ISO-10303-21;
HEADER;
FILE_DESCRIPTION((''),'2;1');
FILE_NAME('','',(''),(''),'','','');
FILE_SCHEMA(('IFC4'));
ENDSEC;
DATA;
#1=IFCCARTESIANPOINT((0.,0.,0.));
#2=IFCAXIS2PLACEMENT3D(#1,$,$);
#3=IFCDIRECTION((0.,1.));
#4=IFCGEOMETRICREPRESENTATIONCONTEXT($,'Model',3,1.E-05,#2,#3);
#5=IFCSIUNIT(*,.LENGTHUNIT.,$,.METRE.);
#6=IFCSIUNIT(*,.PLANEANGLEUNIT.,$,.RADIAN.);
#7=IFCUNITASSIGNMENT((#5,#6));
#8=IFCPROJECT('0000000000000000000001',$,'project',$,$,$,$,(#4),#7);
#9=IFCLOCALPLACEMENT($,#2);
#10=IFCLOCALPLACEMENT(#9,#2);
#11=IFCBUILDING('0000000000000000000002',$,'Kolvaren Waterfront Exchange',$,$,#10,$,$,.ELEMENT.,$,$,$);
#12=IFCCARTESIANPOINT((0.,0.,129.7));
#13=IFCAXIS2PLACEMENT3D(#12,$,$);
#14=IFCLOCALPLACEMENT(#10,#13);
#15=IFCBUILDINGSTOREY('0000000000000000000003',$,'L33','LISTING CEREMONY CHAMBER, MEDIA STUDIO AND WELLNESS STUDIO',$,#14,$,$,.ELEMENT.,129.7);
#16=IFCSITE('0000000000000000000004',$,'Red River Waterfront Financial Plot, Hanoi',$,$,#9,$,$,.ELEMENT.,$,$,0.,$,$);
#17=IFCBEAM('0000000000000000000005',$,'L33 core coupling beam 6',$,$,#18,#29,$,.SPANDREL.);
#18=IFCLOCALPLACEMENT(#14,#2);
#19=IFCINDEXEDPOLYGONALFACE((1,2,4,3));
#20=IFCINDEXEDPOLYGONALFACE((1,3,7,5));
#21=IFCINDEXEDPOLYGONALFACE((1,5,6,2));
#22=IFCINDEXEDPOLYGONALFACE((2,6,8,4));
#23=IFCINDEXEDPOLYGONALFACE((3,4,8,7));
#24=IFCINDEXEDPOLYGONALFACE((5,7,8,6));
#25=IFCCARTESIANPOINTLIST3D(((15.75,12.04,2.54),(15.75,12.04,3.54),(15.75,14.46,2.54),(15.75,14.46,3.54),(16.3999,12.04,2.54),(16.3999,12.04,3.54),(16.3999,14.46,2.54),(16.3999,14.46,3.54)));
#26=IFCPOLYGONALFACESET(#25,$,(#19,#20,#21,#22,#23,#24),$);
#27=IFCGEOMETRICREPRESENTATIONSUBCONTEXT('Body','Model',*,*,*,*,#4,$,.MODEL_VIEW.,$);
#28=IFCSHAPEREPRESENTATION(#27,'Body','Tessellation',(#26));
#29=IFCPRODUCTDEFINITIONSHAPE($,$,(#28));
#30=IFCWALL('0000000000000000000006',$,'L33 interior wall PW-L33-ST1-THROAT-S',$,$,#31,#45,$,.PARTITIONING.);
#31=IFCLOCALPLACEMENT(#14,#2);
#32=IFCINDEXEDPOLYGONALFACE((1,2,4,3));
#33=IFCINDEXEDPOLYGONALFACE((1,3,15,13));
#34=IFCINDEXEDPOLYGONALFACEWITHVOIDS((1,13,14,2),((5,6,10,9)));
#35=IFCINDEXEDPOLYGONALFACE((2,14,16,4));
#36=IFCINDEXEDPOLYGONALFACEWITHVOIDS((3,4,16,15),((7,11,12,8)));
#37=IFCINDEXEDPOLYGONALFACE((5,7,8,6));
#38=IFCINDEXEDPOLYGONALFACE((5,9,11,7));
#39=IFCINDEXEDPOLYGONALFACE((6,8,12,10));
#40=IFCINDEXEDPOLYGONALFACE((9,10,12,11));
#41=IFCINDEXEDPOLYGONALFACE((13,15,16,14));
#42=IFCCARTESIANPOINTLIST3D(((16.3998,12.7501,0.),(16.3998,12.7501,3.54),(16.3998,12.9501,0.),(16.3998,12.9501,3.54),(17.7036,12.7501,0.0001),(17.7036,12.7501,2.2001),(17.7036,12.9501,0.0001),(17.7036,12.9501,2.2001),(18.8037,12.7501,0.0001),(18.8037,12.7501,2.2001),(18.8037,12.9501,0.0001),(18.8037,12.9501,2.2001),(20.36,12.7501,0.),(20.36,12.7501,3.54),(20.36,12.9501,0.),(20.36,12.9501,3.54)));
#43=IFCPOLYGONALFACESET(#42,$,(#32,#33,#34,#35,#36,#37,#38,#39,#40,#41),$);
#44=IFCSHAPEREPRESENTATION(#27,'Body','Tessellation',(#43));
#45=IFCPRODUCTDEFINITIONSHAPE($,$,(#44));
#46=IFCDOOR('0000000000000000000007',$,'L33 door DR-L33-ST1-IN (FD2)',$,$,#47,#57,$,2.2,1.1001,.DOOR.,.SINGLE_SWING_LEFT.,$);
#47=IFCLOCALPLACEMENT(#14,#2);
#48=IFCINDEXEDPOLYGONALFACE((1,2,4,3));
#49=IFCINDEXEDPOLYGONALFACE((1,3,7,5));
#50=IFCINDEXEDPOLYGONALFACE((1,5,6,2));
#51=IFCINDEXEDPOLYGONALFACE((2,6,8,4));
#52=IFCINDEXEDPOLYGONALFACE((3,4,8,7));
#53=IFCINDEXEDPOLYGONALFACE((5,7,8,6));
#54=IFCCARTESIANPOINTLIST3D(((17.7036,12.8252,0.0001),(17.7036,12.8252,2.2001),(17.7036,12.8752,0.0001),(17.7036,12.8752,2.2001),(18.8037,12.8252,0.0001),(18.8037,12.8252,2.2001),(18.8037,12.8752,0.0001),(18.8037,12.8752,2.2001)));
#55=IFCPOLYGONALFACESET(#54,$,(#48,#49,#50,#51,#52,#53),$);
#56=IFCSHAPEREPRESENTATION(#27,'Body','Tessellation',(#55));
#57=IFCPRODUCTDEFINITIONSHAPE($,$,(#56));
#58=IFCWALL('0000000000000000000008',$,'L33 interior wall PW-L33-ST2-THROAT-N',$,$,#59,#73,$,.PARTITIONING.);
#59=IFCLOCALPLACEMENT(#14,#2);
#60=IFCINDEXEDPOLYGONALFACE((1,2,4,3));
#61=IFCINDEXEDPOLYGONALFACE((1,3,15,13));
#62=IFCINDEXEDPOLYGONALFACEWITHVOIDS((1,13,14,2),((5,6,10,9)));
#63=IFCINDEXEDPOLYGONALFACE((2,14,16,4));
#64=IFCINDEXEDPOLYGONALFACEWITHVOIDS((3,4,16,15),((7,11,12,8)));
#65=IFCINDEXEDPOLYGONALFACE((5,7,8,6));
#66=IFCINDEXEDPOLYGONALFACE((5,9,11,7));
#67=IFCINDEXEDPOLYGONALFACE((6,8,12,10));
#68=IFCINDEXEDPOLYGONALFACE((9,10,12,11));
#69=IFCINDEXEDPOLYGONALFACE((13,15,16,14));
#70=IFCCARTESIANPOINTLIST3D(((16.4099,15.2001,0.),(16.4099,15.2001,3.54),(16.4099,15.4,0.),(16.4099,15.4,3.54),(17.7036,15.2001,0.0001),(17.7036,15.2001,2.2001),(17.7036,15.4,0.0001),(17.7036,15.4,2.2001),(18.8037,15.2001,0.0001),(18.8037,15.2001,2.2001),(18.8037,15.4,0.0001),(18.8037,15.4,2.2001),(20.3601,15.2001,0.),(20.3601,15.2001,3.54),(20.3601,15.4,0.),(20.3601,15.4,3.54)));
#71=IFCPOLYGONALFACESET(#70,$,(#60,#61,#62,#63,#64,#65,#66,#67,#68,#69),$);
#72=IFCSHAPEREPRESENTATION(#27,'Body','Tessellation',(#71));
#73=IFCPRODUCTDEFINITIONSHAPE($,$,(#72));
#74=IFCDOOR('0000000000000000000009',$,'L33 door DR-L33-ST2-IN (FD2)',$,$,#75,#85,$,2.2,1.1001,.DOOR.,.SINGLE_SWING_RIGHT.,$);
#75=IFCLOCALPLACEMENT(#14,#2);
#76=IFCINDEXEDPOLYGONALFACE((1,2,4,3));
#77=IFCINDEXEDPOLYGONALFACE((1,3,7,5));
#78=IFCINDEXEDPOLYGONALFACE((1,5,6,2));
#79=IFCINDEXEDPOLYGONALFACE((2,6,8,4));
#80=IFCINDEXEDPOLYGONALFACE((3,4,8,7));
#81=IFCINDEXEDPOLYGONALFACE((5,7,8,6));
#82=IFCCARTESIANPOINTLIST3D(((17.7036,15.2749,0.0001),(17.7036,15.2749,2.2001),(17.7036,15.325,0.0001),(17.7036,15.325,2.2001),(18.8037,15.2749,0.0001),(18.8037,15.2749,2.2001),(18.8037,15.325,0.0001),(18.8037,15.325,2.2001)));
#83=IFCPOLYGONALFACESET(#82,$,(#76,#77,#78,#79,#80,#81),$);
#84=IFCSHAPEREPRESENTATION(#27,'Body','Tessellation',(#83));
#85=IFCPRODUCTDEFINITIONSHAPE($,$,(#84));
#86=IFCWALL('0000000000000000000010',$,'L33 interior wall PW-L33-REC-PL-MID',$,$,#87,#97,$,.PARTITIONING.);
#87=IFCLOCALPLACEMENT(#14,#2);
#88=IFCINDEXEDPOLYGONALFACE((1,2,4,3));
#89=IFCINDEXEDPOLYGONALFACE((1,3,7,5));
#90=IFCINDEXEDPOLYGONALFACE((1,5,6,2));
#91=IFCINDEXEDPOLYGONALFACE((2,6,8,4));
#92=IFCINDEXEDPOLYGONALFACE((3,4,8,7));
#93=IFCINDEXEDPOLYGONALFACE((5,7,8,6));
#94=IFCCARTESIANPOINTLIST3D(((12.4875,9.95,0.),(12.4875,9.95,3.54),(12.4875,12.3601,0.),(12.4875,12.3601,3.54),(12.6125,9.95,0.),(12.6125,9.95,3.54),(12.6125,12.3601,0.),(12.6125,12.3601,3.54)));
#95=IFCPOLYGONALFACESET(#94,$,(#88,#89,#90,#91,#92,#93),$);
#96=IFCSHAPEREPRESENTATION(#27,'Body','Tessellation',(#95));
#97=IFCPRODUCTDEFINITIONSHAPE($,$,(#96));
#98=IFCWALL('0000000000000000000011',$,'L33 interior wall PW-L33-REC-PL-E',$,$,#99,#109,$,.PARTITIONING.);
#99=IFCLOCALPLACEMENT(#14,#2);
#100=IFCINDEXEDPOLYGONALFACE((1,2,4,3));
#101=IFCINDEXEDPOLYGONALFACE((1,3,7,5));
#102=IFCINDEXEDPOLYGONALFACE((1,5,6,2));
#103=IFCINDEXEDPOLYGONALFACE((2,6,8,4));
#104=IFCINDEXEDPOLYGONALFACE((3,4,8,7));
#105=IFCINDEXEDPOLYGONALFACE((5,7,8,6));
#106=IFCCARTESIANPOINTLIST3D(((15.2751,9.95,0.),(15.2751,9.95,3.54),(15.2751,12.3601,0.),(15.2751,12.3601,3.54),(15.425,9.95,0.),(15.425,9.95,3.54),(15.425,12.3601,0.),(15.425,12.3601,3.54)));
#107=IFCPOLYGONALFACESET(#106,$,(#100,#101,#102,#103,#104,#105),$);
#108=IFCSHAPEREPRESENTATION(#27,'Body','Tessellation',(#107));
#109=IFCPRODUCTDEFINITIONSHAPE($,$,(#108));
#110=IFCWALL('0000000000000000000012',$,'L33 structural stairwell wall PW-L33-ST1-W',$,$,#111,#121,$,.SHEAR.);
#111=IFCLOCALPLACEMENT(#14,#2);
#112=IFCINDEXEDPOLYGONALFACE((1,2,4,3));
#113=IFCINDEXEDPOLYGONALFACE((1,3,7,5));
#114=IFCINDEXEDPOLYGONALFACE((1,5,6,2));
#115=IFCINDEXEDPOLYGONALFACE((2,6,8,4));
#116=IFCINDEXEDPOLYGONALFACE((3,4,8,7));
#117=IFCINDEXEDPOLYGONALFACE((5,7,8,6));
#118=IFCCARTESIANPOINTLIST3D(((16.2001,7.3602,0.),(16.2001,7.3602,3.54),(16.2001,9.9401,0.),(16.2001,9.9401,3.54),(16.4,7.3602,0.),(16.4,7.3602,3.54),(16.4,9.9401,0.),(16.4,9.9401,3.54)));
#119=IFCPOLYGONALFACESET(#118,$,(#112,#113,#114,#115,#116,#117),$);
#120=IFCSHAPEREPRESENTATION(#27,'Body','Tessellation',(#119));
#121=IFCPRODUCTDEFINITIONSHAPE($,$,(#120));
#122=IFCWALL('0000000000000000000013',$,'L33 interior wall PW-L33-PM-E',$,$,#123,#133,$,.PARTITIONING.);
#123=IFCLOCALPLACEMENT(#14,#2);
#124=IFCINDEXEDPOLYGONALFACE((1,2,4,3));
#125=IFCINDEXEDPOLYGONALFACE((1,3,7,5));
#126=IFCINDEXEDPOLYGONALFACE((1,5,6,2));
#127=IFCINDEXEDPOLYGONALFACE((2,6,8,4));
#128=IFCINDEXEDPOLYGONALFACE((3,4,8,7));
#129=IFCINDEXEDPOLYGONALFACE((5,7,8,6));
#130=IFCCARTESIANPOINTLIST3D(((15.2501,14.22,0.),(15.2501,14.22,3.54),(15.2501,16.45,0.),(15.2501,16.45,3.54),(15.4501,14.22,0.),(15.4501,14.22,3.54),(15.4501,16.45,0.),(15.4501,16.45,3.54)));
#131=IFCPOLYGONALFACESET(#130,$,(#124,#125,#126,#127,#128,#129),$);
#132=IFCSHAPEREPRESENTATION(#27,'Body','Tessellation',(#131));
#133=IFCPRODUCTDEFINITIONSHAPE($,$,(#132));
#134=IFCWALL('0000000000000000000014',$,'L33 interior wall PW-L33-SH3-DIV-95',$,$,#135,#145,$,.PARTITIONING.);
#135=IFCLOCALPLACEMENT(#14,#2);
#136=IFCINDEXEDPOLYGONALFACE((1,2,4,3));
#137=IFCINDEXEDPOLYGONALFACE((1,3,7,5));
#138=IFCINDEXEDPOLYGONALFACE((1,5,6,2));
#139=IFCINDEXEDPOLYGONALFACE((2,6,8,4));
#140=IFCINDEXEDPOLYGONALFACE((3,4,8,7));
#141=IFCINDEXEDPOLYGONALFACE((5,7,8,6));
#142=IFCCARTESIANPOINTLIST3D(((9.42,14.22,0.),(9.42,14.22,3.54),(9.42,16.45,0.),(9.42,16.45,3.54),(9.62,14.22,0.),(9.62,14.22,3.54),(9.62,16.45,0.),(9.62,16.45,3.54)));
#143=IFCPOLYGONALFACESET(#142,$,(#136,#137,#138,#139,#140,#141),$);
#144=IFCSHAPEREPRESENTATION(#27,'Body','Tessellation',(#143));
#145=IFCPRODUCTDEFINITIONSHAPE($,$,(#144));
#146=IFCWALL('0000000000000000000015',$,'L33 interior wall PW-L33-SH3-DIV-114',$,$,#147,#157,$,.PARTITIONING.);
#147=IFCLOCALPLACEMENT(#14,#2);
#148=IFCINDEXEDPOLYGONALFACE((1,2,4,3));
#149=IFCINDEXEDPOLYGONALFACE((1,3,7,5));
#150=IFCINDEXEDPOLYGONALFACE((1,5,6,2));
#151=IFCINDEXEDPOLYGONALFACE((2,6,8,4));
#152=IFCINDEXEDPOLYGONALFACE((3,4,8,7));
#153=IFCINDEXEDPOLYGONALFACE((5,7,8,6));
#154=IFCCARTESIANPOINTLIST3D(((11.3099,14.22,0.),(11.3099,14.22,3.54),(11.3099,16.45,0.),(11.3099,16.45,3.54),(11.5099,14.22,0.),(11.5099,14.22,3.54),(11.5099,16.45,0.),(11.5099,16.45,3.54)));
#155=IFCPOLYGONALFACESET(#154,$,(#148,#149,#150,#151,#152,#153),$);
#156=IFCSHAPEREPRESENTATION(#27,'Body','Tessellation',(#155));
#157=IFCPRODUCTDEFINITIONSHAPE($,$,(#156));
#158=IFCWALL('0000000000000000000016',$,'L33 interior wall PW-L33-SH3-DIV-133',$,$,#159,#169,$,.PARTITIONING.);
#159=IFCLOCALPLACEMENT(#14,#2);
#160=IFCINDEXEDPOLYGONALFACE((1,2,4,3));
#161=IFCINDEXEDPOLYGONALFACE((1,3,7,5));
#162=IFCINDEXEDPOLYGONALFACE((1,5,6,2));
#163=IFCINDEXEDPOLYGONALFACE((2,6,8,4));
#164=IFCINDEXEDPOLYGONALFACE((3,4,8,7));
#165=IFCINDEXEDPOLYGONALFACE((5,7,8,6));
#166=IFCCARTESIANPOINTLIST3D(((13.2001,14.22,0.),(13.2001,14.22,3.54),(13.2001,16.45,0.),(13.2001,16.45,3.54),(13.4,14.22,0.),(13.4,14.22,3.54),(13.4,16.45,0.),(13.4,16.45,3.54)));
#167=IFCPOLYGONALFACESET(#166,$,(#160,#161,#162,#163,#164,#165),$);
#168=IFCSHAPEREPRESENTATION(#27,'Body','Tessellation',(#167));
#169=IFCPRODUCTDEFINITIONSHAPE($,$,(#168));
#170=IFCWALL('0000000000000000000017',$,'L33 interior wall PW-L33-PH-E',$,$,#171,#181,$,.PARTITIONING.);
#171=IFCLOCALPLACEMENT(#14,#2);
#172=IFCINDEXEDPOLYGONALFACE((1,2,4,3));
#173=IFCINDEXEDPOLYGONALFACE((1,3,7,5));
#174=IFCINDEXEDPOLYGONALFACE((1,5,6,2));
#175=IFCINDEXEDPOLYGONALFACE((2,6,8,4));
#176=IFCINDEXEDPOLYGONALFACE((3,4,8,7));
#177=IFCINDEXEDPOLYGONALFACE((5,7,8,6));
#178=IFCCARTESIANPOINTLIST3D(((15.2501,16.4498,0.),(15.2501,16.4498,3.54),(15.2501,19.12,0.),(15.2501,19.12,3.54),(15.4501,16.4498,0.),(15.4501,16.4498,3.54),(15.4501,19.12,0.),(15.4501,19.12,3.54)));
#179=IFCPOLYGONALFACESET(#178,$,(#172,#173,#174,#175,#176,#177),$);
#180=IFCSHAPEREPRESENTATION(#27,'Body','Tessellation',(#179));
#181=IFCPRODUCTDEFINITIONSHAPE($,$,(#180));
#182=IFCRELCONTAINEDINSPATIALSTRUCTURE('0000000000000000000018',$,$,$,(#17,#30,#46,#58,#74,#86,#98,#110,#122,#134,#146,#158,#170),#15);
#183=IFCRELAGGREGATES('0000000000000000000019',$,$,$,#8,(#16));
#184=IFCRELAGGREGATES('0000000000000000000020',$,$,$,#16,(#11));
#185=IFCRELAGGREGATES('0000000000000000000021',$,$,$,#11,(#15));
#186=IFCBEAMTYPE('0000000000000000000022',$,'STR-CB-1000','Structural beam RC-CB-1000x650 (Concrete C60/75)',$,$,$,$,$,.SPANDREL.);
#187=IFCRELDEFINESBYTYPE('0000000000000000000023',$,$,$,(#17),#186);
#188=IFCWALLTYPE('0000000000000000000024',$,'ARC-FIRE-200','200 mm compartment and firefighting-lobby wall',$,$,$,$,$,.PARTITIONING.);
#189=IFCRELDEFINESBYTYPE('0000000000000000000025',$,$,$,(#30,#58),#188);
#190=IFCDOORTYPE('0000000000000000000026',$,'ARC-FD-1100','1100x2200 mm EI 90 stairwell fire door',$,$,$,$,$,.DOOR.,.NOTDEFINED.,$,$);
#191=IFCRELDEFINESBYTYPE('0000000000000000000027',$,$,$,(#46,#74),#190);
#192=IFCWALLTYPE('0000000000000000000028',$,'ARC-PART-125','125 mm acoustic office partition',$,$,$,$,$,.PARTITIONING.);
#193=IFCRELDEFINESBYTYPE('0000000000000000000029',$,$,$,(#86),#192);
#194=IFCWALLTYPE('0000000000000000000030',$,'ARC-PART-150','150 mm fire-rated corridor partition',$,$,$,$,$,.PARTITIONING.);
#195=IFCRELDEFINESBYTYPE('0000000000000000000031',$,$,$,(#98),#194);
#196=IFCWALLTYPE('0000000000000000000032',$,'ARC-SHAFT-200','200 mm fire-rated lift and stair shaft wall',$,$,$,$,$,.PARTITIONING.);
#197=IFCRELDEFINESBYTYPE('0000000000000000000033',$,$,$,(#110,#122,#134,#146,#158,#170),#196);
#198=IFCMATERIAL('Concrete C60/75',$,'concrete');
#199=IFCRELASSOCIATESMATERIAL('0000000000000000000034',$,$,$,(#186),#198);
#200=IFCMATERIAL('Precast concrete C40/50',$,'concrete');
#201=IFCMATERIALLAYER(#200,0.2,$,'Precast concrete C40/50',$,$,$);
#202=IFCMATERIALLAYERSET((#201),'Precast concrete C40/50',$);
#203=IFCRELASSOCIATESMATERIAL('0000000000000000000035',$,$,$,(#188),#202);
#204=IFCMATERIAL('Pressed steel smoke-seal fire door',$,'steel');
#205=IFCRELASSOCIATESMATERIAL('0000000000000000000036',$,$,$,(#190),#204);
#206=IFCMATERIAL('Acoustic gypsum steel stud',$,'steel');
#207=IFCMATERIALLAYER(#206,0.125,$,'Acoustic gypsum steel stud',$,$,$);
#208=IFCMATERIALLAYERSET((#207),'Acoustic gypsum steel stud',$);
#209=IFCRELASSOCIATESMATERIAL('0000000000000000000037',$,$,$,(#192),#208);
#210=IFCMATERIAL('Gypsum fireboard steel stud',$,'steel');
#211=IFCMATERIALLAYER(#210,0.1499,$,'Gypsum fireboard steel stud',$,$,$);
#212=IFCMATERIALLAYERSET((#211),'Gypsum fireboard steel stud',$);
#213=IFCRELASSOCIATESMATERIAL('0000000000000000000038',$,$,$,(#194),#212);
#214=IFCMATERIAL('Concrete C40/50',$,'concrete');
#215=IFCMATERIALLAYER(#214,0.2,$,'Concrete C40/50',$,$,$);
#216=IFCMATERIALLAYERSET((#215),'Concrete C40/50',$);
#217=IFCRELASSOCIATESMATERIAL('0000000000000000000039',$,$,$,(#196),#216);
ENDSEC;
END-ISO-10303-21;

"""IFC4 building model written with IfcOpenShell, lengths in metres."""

from ifc_helpers import new_model, si_unit, direction, frame, frame_2d, origin, origin_2d, place, context, subcontext, project, spatial, rectangle, extrude, material, layer, layer_set, material_profile, profile_set, type_object, element, fill, save


model = new_model("IFC4")

# Units and contexts
model_context = context("Model", 3, precision=1e-05, world=origin(), true_north=direction((0.0, 1.0)))
body_context = subcontext(model_context, "Body", "Model", "MODEL_VIEW")
ifc_project = project(units=[si_unit("LENGTHUNIT", "METRE"), si_unit("PLANEANGLEUNIT", "RADIAN")], contexts=[model_context])

# Site, building, storey
site_placement = place(None, origin())
site = spatial("IfcSite", under=ifc_project, at=site_placement, Name="Red River Waterfront Financial Plot, Hanoi", CompositionType="ELEMENT", RefElevation=0.0)
building_placement = place(site_placement, origin())
building = spatial("IfcBuilding", under=site, at=building_placement, Name="Kolvaren Waterfront Exchange", CompositionType="ELEMENT")
storey_placement = place(building_placement, frame((0.0, 0.0, 129.7)))
storey = spatial("IfcBuildingStorey", under=building, at=storey_placement, Name="L33", Description="LISTING CEREMONY CHAMBER, MEDIA STUDIO AND WELLNESS STUDIO", CompositionType="ELEMENT", Elevation=129.7)

# Beam
ifc_material_1 = material(Name="Concrete C60/75", Category="concrete")
ifc_material_profile = material_profile(ifc_material_1, rectangle(XDim=0.6499, YDim=1.0, at=origin_2d()), Name="RC-CB-1000x650")
ifc_profile_set = profile_set([ifc_material_profile], Name="Concrete C60/75")
beam_type = type_object("IfcBeamType", Name="STR-CB-1000", Description="Structural beam RC-CB-1000x650 (Concrete C60/75)", PredefinedType="SPANDREL", material=ifc_profile_set)
beam_placement = place(storey_placement, frame((16.075, 12.04, 3.04), z_axis=(0.0, 1.0, 0.0), x_axis=(-1.0, 0.0, 0.0)))
element("IfcBeam", 1, at=beam_placement, inside=storey, type_object=beam_type, Name="L33 core coupling beam 6", PredefinedType="SPANDREL", context=body_context, shape_type="SweptSolid", body=[
    extrude(rectangle(XDim=0.6499, YDim=1.0, at=origin_2d()), origin(), (0.0, 0.0, 1.0), 2.4199),
])

# Walls, openings, doors
ifc_material_2 = material(Name="Precast concrete C40/50", Category="concrete")
ifc_layer_1 = layer(ifc_material_2, 0.2, Name="Precast concrete C40/50")
ifc_layer_set_1 = layer_set([ifc_layer_1], Name="Precast concrete C40/50")
wall_type_1 = type_object("IfcWallType", Name="ARC-FIRE-200", Description="200 mm compartment and firefighting-lobby wall", PredefinedType="PARTITIONING", material=ifc_layer_set_1)
wall_1_placement = place(storey_placement, frame((16.3999, 12.8501, 0.0), z_axis=(0.0, 0.0, 1.0), x_axis=(1.0, 0.0, 0.0)))
wall_1 = element("IfcWall", 2, at=wall_1_placement, inside=storey, type_object=wall_type_1, Name="L33 interior wall PW-L33-ST1-THROAT-S", PredefinedType="PARTITIONING", context=body_context, shape_type="SweptSolid", body=[
    extrude(rectangle(XDim=3.9602, YDim=0.2, at=frame_2d((1.98, 0.0))), origin(), (0.0, 0.0, 1.0), 3.54),
])
opening_1_placement = place(wall_1_placement, frame((1.3037, 0.0, 0.0)))
opening_1 = element("IfcOpeningElement", 3, at=opening_1_placement, cuts=wall_1, PredefinedType="OPENING", context=body_context, shape_type="SweptSolid", body=[
    extrude(rectangle(XDim=1.1001, YDim=2.2, at=frame_2d((0.55, 1.1001))), frame((0.0, 0.1099, 0.0), z_axis=(0.0, -1.0, 0.0), x_axis=(1.0, 0.0, 0.0)), (0.0, 0.0, 1.0), 0.22),
])
ifc_material_3 = material(Name="Pressed steel smoke-seal fire door", Category="steel")
door_type = type_object("IfcDoorType", Name="ARC-FD-1100", Description="1100x2200 mm EI 90 stairwell fire door", OperationType="NOTDEFINED", PredefinedType="DOOR", material=ifc_material_3)
door_1_placement = place(opening_1_placement, frame((1.1001, 0.0, 0.0), z_axis=(0.0, 0.0, 1.0), x_axis=(-1.0, 0.0, 0.0)))
door_1 = element("IfcDoor", 4, at=door_1_placement, inside=storey, type_object=door_type, Name="L33 door DR-L33-ST1-IN (FD2)", OperationType="SINGLE_SWING_LEFT", OverallHeight=2.2, OverallWidth=1.1001, PredefinedType="DOOR", context=body_context, shape_type="SweptSolid", body=[
    extrude(rectangle(XDim=1.1001, YDim=2.2, at=frame_2d((0.55, 1.1001))), frame((0.0, 0.0249, 0.0), z_axis=(0.0, -1.0, 0.0), x_axis=(1.0, 0.0, 0.0)), (0.0, 0.0, 1.0), 0.05),
])
fill(opening_1, door_1)
wall_2_placement = place(storey_placement, frame((16.4099, 15.3, 0.0), z_axis=(0.0, 0.0, 1.0), x_axis=(1.0, 0.0, 0.0)))
wall_2 = element("IfcWall", 5, at=wall_2_placement, inside=storey, type_object=wall_type_1, Name="L33 interior wall PW-L33-ST2-THROAT-N", PredefinedType="PARTITIONING", context=body_context, shape_type="SweptSolid", body=[
    extrude(rectangle(XDim=3.9502, YDim=0.2, at=frame_2d((1.9751, 0.0))), origin(), (0.0, 0.0, 1.0), 3.54),
])
opening_2_placement = place(wall_2_placement, frame((1.2937, 0.0, 0.0)))
opening_2 = element("IfcOpeningElement", 6, at=opening_2_placement, cuts=wall_2, PredefinedType="OPENING", context=body_context, shape_type="SweptSolid", body=[
    extrude(rectangle(XDim=1.1001, YDim=2.2, at=frame_2d((0.55, 1.1001))), frame((0.0, 0.1099, 0.0), z_axis=(0.0, -1.0, 0.0), x_axis=(1.0, 0.0, 0.0)), (0.0, 0.0, 1.0), 0.22),
])
door_2_placement = place(opening_2_placement, origin())
door_2 = element("IfcDoor", 7, at=door_2_placement, inside=storey, type_object=door_type, Name="L33 door DR-L33-ST2-IN (FD2)", OperationType="SINGLE_SWING_RIGHT", OverallHeight=2.2, OverallWidth=1.1001, PredefinedType="DOOR", context=body_context, shape_type="SweptSolid", body=[
    extrude(rectangle(XDim=1.1001, YDim=2.2, at=frame_2d((0.55, 1.1001))), frame((0.0, 0.0249, 0.0), z_axis=(0.0, -1.0, 0.0), x_axis=(1.0, 0.0, 0.0)), (0.0, 0.0, 1.0), 0.05),
])
fill(opening_2, door_2)

# Walls
ifc_material_4 = material(Name="Acoustic gypsum steel stud", Category="steel")
ifc_layer_2 = layer(ifc_material_4, 0.125, Name="Acoustic gypsum steel stud")
ifc_layer_set_2 = layer_set([ifc_layer_2], Name="Acoustic gypsum steel stud")
wall_type_2 = type_object("IfcWallType", Name="ARC-PART-125", Description="125 mm acoustic office partition", PredefinedType="PARTITIONING", material=ifc_layer_set_2)
wall_3_placement = place(storey_placement, frame((12.55, 9.95, 0.0), z_axis=(0.0, 0.0, 1.0), x_axis=(0.0, 1.0, 0.0)))
element("IfcWall", 8, at=wall_3_placement, inside=storey, type_object=wall_type_2, Name="L33 interior wall PW-L33-REC-PL-MID", PredefinedType="PARTITIONING", context=body_context, shape_type="SweptSolid", body=[
    extrude(rectangle(XDim=2.4102, YDim=0.125, at=frame_2d((1.2051, 0.0))), origin(), (0.0, 0.0, 1.0), 3.54),
])
ifc_material_5 = material(Name="Gypsum fireboard steel stud", Category="steel")
ifc_layer_3 = layer(ifc_material_5, 0.1499, Name="Gypsum fireboard steel stud")
ifc_layer_set_3 = layer_set([ifc_layer_3], Name="Gypsum fireboard steel stud")
wall_type_3 = type_object("IfcWallType", Name="ARC-PART-150", Description="150 mm fire-rated corridor partition", PredefinedType="PARTITIONING", material=ifc_layer_set_3)
wall_4_placement = place(storey_placement, frame((15.3501, 9.95, 0.0), z_axis=(0.0, 0.0, 1.0), x_axis=(0.0, 1.0, 0.0)))
element("IfcWall", 9, at=wall_4_placement, inside=storey, type_object=wall_type_3, Name="L33 interior wall PW-L33-REC-PL-E", PredefinedType="PARTITIONING", context=body_context, shape_type="SweptSolid", body=[
    extrude(rectangle(XDim=2.4102, YDim=0.1499, at=frame_2d((1.2051, 0.0))), origin(), (0.0, 0.0, 1.0), 3.54),
])
ifc_material_6 = material(Name="Concrete C40/50", Category="concrete")
ifc_layer_4 = layer(ifc_material_6, 0.2, Name="Concrete C40/50")
ifc_layer_set_4 = layer_set([ifc_layer_4], Name="Concrete C40/50")
wall_type_4 = type_object("IfcWallType", Name="ARC-SHAFT-200", Description="200 mm fire-rated lift and stair shaft wall", PredefinedType="PARTITIONING", material=ifc_layer_set_4)
wall_5_placement = place(storey_placement, frame((16.3, 7.3601, 0.0), z_axis=(0.0, 0.0, 1.0), x_axis=(0.0, 1.0, 0.0)))
element("IfcWall", 10, at=wall_5_placement, inside=storey, type_object=wall_type_4, Name="L33 structural stairwell wall PW-L33-ST1-W", PredefinedType="SHEAR", context=body_context, shape_type="SweptSolid", body=[
    extrude(rectangle(XDim=2.5798, YDim=0.2, at=frame_2d((1.29, 0.0))), origin(), (0.0, 0.0, 1.0), 3.54),
])
for number, where, z_axis, x_axis, name in (
    (11, (15.3501, 14.22, 0.0), (0.0, 0.0, 1.0), (0.0, 1.0, 0.0), "L33 interior wall PW-L33-PM-E"),
    (12, (9.52, 14.22, 0.0), (0.0, 0.0, 1.0), (0.0, 1.0, 0.0), "L33 interior wall PW-L33-SH3-DIV-95"),
    (13, (11.4099, 14.22, 0.0), (0.0, 0.0, 1.0), (0.0, 1.0, 0.0), "L33 interior wall PW-L33-SH3-DIV-114"),
    (14, (13.3, 14.22, 0.0), (0.0, 0.0, 1.0), (0.0, 1.0, 0.0), "L33 interior wall PW-L33-SH3-DIV-133"),
):
    element("IfcWall", number, at=place(storey_placement, frame(where, z_axis=z_axis, x_axis=x_axis)), inside=storey, type_object=wall_type_4, Name=name, PredefinedType="PARTITIONING", context=body_context, shape_type="SweptSolid", body=[
        extrude(rectangle(XDim=2.23, YDim=0.2, at=frame_2d((1.115, 0.0))), origin(), (0.0, 0.0, 1.0), 3.54),
    ])
for number, where, z_axis, x_axis, name in (
    (15, (15.3501, 16.45, 0.0), (0.0, 0.0, 1.0), (0.0, 1.0, 0.0), "L33 interior wall PW-L33-PH-E"),
):
    element("IfcWall", number, at=place(storey_placement, frame(where, z_axis=z_axis, x_axis=x_axis)), inside=storey, type_object=wall_type_4, Name=name, PredefinedType="PARTITIONING", context=body_context, shape_type="SweptSolid", body=[
        extrude(rectangle(XDim=2.6702, YDim=0.2, at=frame_2d((1.335, 0.0))), origin(), (0.0, 0.0, 1.0), 3.54),
    ])

save(model, "model.ifc")
